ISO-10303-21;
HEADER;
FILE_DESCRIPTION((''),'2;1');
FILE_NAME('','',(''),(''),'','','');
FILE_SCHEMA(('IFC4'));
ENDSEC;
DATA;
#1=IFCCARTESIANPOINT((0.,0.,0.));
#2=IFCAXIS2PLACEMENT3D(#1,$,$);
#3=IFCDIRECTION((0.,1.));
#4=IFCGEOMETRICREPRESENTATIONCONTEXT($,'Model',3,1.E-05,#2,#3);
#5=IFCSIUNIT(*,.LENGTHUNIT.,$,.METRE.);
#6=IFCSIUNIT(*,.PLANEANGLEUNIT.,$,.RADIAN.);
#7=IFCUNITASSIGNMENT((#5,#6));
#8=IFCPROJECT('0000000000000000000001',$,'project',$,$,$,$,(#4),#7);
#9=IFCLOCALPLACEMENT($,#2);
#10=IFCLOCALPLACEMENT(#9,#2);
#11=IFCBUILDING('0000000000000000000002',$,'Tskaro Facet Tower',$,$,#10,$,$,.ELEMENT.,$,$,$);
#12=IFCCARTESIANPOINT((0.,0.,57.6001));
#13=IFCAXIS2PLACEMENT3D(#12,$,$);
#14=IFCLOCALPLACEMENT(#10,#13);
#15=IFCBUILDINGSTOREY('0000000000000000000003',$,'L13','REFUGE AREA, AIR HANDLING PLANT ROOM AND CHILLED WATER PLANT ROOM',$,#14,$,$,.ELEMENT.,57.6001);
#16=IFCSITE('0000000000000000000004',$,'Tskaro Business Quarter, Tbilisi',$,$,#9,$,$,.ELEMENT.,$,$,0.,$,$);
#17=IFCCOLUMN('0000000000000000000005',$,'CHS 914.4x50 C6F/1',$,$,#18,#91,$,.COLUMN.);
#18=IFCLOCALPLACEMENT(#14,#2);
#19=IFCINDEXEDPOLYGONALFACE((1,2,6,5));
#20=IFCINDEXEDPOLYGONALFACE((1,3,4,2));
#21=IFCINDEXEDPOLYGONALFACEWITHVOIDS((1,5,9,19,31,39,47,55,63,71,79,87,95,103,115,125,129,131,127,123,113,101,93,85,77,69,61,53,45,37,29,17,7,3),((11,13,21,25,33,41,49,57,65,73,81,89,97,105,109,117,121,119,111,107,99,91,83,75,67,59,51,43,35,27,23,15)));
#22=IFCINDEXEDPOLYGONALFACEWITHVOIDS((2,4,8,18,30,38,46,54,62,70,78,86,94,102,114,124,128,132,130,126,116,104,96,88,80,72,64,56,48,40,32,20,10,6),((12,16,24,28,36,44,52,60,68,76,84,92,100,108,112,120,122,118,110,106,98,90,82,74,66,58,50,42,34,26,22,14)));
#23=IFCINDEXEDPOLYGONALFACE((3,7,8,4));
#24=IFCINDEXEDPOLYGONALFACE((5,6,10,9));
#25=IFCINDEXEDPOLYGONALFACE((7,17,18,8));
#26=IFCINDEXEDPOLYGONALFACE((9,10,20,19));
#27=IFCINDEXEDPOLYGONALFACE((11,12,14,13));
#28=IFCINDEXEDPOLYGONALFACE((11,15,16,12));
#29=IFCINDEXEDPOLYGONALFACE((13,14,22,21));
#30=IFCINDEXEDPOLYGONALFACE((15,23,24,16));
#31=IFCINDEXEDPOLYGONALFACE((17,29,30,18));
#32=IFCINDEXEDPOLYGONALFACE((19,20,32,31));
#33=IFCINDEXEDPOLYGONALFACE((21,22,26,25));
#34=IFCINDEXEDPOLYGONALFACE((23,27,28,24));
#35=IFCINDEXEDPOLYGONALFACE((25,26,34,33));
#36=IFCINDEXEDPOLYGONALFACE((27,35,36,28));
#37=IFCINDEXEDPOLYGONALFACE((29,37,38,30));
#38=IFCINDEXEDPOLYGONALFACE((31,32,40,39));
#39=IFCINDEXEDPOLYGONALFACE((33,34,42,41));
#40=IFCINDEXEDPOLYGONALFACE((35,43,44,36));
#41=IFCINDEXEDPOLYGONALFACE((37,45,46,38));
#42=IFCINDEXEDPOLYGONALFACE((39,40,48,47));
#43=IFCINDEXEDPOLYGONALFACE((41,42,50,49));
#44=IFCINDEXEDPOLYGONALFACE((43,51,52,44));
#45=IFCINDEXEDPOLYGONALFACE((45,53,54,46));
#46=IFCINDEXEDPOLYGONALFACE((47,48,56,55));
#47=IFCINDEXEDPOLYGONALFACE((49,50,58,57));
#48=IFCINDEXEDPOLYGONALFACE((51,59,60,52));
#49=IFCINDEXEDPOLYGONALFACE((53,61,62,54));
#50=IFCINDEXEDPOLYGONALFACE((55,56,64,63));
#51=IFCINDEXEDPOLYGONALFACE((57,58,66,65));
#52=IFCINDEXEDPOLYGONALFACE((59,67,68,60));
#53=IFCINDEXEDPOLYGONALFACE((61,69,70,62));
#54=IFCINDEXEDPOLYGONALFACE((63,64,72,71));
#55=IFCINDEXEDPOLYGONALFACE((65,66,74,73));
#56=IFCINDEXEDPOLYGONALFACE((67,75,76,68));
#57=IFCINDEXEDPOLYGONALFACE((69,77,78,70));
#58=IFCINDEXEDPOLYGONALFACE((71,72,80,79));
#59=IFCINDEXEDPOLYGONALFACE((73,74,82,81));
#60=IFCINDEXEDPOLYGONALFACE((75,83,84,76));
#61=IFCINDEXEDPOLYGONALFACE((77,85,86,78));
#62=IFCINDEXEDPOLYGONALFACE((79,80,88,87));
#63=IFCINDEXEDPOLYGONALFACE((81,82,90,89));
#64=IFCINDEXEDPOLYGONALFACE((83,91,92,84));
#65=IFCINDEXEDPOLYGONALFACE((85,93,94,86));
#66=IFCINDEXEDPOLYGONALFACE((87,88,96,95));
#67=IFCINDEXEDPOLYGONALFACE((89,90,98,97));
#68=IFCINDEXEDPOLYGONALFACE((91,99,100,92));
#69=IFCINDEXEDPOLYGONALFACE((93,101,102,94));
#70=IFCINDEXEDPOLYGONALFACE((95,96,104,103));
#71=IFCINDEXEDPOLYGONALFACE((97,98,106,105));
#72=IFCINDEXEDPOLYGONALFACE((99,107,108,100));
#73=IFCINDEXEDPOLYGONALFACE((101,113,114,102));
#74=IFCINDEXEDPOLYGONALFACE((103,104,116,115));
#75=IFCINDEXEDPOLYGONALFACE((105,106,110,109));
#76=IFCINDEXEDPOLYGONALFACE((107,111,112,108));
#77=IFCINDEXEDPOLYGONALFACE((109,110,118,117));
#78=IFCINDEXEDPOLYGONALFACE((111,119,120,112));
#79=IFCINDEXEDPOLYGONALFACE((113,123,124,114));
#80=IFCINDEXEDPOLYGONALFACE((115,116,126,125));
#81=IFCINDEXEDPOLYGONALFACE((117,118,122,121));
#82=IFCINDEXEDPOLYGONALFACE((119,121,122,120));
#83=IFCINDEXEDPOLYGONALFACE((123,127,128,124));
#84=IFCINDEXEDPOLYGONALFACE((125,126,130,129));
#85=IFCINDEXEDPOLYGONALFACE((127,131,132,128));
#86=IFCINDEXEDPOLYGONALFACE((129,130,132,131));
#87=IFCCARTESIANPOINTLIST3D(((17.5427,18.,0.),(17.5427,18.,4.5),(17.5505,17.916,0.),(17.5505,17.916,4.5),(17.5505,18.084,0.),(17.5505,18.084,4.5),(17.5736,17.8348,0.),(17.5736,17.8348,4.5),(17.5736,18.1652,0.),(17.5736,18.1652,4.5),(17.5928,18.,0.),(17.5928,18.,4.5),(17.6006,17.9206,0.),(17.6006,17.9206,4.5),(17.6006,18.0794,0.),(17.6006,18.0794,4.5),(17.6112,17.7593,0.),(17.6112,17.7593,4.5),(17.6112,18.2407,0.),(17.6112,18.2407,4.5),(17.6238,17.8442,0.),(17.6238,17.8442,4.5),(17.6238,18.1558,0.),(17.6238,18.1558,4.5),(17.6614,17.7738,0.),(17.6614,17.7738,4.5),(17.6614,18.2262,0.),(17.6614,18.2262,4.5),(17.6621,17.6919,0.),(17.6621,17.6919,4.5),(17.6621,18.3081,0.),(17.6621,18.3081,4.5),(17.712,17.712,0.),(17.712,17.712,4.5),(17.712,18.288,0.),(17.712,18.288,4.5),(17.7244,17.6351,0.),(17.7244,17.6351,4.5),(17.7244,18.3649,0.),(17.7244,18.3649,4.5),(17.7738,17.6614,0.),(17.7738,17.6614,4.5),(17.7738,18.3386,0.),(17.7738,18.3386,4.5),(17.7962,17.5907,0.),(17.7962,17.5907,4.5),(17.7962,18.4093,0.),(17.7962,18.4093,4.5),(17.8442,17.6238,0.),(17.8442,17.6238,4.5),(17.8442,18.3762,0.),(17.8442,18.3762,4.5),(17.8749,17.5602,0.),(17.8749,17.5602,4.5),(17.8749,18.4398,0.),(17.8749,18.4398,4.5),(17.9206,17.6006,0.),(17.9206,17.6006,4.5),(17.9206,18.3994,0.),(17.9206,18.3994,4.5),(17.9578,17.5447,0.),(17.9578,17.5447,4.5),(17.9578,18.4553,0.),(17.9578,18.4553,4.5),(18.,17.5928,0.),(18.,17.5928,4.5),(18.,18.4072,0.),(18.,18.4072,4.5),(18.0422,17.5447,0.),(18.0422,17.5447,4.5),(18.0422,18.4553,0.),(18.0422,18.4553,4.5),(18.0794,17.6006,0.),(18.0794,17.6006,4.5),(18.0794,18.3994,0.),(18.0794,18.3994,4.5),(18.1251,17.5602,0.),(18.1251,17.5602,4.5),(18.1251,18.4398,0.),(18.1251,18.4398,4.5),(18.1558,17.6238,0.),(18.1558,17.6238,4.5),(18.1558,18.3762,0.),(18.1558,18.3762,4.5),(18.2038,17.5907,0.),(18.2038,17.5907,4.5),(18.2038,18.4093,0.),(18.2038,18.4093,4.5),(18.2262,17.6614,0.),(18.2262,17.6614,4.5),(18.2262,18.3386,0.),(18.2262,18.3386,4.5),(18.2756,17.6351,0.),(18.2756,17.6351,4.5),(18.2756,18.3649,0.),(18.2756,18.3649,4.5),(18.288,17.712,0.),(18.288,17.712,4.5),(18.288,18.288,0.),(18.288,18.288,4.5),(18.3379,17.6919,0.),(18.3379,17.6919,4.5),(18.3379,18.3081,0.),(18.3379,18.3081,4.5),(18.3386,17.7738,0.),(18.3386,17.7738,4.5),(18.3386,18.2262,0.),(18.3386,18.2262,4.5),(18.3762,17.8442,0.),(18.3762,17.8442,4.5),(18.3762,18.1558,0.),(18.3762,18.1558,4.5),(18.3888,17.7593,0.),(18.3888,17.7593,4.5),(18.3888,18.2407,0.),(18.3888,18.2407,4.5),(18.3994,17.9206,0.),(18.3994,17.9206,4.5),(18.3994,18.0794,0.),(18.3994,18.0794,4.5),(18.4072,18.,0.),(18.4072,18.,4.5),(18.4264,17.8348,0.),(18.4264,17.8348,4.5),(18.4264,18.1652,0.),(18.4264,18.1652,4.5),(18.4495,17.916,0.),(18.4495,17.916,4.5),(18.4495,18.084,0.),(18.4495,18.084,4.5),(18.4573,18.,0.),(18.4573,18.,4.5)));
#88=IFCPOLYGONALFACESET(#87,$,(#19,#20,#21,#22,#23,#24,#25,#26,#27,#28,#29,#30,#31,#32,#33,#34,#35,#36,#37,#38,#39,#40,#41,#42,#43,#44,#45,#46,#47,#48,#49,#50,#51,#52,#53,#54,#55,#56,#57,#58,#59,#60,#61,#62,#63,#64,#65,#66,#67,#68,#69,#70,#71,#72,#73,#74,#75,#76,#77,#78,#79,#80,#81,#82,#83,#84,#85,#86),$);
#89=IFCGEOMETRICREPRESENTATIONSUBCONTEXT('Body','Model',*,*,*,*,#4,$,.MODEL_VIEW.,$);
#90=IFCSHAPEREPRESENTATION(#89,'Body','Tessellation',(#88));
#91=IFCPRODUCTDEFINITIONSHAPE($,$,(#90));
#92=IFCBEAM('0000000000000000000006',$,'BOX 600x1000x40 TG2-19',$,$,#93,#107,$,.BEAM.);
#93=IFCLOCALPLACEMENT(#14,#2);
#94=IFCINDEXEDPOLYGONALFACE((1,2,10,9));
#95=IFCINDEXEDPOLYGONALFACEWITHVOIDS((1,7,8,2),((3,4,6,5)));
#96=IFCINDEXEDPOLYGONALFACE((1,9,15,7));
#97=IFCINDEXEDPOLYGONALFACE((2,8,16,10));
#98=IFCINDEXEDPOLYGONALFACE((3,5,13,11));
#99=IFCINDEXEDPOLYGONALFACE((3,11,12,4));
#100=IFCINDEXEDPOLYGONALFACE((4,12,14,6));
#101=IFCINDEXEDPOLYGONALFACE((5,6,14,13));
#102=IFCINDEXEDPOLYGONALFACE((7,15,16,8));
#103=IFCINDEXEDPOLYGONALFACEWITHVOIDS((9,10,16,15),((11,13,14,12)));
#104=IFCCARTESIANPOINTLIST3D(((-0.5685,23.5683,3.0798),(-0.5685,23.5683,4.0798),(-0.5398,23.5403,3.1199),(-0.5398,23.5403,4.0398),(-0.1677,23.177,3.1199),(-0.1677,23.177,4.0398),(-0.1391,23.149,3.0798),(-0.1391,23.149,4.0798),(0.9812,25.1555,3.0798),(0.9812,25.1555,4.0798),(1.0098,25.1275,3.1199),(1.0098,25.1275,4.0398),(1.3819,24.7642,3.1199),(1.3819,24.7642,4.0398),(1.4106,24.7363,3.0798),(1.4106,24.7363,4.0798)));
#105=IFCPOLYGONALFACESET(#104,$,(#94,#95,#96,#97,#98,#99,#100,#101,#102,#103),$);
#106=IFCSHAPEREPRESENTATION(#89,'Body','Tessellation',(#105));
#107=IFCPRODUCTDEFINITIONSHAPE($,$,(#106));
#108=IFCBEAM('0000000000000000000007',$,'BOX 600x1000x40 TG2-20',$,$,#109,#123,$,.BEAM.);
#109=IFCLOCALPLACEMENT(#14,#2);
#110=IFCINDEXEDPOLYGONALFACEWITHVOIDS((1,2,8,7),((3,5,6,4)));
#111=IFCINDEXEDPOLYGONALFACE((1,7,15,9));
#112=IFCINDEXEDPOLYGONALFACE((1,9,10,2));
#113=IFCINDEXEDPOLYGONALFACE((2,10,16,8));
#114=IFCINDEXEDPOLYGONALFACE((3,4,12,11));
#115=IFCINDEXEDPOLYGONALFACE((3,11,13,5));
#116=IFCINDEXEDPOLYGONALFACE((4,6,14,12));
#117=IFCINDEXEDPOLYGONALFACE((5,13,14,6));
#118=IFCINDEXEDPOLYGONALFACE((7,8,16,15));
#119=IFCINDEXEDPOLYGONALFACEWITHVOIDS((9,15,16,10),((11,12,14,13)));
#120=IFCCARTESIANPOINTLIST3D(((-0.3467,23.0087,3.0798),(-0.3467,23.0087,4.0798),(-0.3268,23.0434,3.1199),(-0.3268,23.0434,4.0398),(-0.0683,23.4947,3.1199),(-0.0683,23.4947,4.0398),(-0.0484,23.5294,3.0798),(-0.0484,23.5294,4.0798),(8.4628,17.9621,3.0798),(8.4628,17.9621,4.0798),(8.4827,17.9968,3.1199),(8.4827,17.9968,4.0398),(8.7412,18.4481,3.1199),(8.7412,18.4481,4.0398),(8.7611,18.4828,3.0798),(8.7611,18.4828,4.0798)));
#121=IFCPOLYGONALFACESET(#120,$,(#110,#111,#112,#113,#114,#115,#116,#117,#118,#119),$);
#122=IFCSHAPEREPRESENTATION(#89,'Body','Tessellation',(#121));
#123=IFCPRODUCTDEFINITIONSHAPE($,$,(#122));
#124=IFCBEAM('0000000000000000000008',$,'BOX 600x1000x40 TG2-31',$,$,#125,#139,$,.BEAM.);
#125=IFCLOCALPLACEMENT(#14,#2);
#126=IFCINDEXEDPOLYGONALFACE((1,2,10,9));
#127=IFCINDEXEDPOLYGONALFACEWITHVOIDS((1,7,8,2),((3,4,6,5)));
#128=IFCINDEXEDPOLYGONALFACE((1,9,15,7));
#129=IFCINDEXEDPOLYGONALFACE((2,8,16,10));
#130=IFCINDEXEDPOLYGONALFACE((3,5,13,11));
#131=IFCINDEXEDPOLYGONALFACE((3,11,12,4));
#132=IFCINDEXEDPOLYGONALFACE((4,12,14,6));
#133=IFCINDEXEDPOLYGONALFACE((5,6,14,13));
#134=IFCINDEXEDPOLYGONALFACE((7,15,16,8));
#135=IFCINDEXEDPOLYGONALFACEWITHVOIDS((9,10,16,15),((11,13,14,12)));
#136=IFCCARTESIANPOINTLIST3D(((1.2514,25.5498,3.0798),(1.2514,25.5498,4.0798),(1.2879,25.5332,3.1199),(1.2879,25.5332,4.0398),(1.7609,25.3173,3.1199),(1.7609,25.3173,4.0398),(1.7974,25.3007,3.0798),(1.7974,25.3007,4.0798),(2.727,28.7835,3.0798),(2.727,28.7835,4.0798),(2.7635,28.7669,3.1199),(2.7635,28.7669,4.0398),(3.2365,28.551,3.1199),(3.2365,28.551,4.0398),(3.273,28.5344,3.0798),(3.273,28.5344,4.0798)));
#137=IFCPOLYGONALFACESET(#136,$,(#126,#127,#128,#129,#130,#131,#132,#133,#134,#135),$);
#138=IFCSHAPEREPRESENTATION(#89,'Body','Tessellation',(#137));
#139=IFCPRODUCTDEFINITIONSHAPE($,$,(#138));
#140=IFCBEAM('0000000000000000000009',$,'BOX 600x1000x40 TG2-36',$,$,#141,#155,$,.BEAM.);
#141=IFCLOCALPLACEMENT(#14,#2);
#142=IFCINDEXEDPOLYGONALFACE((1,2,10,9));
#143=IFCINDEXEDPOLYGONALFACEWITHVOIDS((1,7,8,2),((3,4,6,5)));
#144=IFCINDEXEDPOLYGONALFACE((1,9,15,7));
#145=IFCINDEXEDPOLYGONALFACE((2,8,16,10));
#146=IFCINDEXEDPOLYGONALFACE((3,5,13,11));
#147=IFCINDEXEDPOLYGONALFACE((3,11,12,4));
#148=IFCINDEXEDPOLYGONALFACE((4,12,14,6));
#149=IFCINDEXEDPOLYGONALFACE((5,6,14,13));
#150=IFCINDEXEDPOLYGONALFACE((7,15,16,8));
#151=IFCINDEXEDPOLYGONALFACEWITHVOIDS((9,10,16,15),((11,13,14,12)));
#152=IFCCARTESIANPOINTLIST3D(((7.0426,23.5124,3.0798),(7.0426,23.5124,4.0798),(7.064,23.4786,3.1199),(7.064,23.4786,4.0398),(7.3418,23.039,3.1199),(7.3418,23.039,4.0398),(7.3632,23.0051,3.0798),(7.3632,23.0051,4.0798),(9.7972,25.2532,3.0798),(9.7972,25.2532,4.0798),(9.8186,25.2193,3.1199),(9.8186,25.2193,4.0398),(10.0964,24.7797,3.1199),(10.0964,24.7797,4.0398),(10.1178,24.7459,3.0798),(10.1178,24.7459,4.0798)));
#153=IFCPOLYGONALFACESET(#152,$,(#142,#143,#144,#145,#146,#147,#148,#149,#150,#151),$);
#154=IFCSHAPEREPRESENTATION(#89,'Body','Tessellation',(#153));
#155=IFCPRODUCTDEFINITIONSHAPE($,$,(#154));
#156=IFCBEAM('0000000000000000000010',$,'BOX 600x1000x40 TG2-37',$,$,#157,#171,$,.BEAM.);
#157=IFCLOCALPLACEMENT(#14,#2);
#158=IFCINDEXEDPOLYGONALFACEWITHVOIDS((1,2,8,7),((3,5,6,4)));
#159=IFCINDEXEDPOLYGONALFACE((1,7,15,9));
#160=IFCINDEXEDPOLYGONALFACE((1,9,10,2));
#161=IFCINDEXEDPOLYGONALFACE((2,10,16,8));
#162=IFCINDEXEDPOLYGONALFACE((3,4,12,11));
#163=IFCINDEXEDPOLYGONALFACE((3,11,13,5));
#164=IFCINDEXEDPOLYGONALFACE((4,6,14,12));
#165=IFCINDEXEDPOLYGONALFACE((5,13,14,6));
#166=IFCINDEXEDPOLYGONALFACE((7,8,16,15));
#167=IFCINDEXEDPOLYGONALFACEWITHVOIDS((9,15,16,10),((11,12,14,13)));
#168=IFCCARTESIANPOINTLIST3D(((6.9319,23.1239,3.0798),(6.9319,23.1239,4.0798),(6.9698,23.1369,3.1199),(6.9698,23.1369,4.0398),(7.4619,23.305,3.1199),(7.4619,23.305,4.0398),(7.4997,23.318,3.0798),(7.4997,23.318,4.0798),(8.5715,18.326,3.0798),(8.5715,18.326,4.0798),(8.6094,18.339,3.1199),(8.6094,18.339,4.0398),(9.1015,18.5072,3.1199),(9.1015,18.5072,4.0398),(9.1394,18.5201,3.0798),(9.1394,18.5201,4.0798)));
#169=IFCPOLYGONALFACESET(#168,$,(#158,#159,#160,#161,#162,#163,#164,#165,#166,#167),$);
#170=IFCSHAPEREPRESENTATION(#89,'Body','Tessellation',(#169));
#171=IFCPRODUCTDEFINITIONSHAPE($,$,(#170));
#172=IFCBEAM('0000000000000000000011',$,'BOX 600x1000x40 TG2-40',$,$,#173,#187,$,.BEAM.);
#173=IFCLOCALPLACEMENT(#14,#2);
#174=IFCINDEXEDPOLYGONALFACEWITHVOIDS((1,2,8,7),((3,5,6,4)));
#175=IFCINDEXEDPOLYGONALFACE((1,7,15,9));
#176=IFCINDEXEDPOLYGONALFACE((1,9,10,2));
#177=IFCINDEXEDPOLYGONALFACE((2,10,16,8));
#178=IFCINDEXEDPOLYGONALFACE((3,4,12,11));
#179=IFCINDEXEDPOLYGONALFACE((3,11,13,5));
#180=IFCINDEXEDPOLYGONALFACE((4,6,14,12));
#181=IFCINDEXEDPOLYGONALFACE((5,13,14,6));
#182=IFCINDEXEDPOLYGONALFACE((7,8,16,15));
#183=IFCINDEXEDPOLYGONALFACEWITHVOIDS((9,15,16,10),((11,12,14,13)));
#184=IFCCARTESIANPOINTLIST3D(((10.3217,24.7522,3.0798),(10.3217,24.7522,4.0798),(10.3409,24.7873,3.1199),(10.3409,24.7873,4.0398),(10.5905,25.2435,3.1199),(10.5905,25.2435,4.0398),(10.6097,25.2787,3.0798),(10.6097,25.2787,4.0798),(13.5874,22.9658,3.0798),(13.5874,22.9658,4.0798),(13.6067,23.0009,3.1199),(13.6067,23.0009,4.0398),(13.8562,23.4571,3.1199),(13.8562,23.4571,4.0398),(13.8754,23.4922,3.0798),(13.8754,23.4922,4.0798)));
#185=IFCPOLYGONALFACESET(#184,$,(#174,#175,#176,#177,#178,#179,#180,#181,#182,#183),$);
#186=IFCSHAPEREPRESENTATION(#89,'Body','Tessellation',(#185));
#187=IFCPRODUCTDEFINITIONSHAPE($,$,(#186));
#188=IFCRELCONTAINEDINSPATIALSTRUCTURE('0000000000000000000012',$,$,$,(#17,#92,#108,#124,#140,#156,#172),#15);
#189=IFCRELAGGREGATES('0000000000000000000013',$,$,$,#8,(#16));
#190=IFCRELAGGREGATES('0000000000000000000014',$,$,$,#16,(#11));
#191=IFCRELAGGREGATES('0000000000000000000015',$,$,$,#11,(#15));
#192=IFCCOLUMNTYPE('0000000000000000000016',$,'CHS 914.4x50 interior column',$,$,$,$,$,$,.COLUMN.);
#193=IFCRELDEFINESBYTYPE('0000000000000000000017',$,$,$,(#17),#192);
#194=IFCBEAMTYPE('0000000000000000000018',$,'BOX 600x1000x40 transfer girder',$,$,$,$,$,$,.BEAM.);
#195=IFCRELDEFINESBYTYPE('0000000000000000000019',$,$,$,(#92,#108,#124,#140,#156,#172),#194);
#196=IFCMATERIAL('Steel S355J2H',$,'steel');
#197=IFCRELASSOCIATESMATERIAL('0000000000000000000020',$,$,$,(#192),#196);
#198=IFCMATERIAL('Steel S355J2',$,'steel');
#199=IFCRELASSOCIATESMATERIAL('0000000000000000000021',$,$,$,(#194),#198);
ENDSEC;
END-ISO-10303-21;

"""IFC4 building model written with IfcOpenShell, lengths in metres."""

from ifc_helpers import new_model, si_unit, direction, frame, origin, origin_2d, place, context, subcontext, project, spatial, hollow_rectangle, hollow_circle, extrude, material, material_profile, profile_set, type_object, element, save


model = new_model("IFC4")

# Units and contexts
model_context = context("Model", 3, precision=1e-05, world=origin(), true_north=direction((0.0, 1.0)))
body_context = subcontext(model_context, "Body", "Model", "MODEL_VIEW")
ifc_project = project(units=[si_unit("LENGTHUNIT", "METRE"), si_unit("PLANEANGLEUNIT", "RADIAN")], contexts=[model_context])

# Site, building, storey
site_placement = place(None, origin())
site = spatial("IfcSite", under=ifc_project, at=site_placement, Name="Tskaro Business Quarter, Tbilisi", CompositionType="ELEMENT", RefElevation=0.0)
building_placement = place(site_placement, origin())
building = spatial("IfcBuilding", under=site, at=building_placement, Name="Tskaro Facet Tower", CompositionType="ELEMENT")
storey_placement = place(building_placement, frame((0.0, 0.0, 57.6001)))
storey = spatial("IfcBuildingStorey", under=building, at=storey_placement, Name="L13", Description="REFUGE AREA, AIR HANDLING PLANT ROOM AND CHILLED WATER PLANT ROOM", CompositionType="ELEMENT", Elevation=57.6001)

# Column
ifc_material_1 = material(Name="Steel S355J2H", Category="steel")
ifc_material_profile_1 = material_profile(ifc_material_1, hollow_circle(Radius=0.4573, WallThickness=0.05, at=origin_2d()), Name="CHS 914.4x50")
ifc_profile_set_1 = profile_set([ifc_material_profile_1], Name="Steel S355J2H")
column_type_1 = type_object("IfcColumnType", Name="CHS 914.4x50 interior column", PredefinedType="COLUMN", material=ifc_profile_set_1)
for number, where, z_axis, x_axis, name in (
    (1, (18.0, 18.0, 0.0), (0.0, 0.0, 1.0), (1.0, 0.0, 0.0), "CHS 914.4x50 C6F/1"),
):
    element("IfcColumn", number, at=place(storey_placement, frame(where, z_axis=z_axis, x_axis=x_axis)), inside=storey, type_object=column_type_1, Name=name, PredefinedType="COLUMN", context=body_context, shape_type="SweptSolid", body=[
        extrude(hollow_circle(Radius=0.4573, WallThickness=0.05, at=origin_2d()), origin(), (0.0, 0.0, 1.0), 4.5),
    ])

# Beams
ifc_material_2 = material(Name="Steel S355J2", Category="steel")
ifc_material_profile_2 = material_profile(ifc_material_2, hollow_rectangle(XDim=0.6001, YDim=1.0, WallThickness=0.04, at=origin_2d()), Name="BOX 600x1000x40")
ifc_profile_set_2 = profile_set([ifc_material_profile_2], Name="Steel S355J2")
beam_type_1 = type_object("IfcBeamType", Name="BOX 600x1000x40 transfer girder", PredefinedType="BEAM", material=ifc_profile_set_2)
beam_1_placement = place(storey_placement, frame((-0.3538, 23.3586, 3.5798), z_axis=(0.698581, 0.715531, 0.0), x_axis=(-0.715531, 0.698581, 0.0)))
element("IfcBeam", 2, at=beam_1_placement, inside=storey, type_object=beam_type_1, Name="BOX 600x1000x40 TG2-19", PredefinedType="BEAM", context=body_context, shape_type="SweptSolid", body=[
    extrude(hollow_rectangle(XDim=0.6001, YDim=1.0, WallThickness=0.04, at=origin_2d()), origin(), (0.0, 0.0, 1.0), 2.2183),
])
beam_2_placement = place(storey_placement, frame((-0.1975, 23.269, 3.5798), z_axis=(0.867708, -0.497074, 0.0), x_axis=(0.497074, 0.867708, 0.0)))
element("IfcBeam", 3, at=beam_2_placement, inside=storey, type_object=beam_type_1, Name="BOX 600x1000x40 TG2-20", PredefinedType="BEAM", context=body_context, shape_type="SweptSolid", body=[
    extrude(hollow_rectangle(XDim=0.6001, YDim=1.0, WallThickness=0.04, at=origin_2d()), origin(), (0.0, 0.0, 1.0), 10.1526),
])
beam_3_placement = place(storey_placement, frame((3.0, 28.6589, 3.5798), z_axis=(-0.415143, -0.909756, 0.0), x_axis=(0.909756, -0.415143, 0.0)))
element("IfcBeam", 4, at=beam_3_placement, inside=storey, type_object=beam_type_1, Name="BOX 600x1000x40 TG2-31", PredefinedType="BEAM", context=body_context, shape_type="SweptSolid", body=[
    extrude(hollow_rectangle(XDim=0.6001, YDim=1.0, WallThickness=0.04, at=origin_2d()), origin(), (0.0, 0.0, 1.0), 3.5544),
])
beam_4_placement = place(storey_placement, frame((7.2029, 23.2588, 3.5798), z_axis=(0.845357, 0.534202, 0.0), x_axis=(-0.534202, 0.845357, 0.0)))
element("IfcBeam", 5, at=beam_4_placement, inside=storey, type_object=beam_type_1, Name="BOX 600x1000x40 TG2-36", PredefinedType="BEAM", context=body_context, shape_type="SweptSolid", body=[
    extrude(hollow_rectangle(XDim=0.6001, YDim=1.0, WallThickness=0.04, at=origin_2d()), origin(), (0.0, 0.0, 1.0), 3.2585),
])
beam_5_placement = place(storey_placement, frame((7.2158, 23.2209, 3.5798), z_axis=(0.323384, -0.946268, 0.0), x_axis=(0.946268, 0.323384, 0.0)))
element("IfcBeam", 6, at=beam_5_placement, inside=storey, type_object=beam_type_1, Name="BOX 600x1000x40 TG2-37", PredefinedType="BEAM", context=body_context, shape_type="SweptSolid", body=[
    extrude(hollow_rectangle(XDim=0.6001, YDim=1.0, WallThickness=0.04, at=origin_2d()), origin(), (0.0, 0.0, 1.0), 5.0703),
])
beam_6_placement = place(storey_placement, frame((13.7314, 23.229, 3.5798), z_axis=(-0.877316, 0.479913, 0.0), x_axis=(-0.479913, -0.877316, 0.0)))
element("IfcBeam", 7, at=beam_6_placement, inside=storey, type_object=beam_type_1, Name="BOX 600x1000x40 TG2-40", PredefinedType="BEAM", context=body_context, shape_type="SweptSolid", body=[
    extrude(hollow_rectangle(XDim=0.6001, YDim=1.0, WallThickness=0.04, at=origin_2d()), origin(), (0.0, 0.0, 1.0), 3.7224),
])

save(model, "model.ifc")
